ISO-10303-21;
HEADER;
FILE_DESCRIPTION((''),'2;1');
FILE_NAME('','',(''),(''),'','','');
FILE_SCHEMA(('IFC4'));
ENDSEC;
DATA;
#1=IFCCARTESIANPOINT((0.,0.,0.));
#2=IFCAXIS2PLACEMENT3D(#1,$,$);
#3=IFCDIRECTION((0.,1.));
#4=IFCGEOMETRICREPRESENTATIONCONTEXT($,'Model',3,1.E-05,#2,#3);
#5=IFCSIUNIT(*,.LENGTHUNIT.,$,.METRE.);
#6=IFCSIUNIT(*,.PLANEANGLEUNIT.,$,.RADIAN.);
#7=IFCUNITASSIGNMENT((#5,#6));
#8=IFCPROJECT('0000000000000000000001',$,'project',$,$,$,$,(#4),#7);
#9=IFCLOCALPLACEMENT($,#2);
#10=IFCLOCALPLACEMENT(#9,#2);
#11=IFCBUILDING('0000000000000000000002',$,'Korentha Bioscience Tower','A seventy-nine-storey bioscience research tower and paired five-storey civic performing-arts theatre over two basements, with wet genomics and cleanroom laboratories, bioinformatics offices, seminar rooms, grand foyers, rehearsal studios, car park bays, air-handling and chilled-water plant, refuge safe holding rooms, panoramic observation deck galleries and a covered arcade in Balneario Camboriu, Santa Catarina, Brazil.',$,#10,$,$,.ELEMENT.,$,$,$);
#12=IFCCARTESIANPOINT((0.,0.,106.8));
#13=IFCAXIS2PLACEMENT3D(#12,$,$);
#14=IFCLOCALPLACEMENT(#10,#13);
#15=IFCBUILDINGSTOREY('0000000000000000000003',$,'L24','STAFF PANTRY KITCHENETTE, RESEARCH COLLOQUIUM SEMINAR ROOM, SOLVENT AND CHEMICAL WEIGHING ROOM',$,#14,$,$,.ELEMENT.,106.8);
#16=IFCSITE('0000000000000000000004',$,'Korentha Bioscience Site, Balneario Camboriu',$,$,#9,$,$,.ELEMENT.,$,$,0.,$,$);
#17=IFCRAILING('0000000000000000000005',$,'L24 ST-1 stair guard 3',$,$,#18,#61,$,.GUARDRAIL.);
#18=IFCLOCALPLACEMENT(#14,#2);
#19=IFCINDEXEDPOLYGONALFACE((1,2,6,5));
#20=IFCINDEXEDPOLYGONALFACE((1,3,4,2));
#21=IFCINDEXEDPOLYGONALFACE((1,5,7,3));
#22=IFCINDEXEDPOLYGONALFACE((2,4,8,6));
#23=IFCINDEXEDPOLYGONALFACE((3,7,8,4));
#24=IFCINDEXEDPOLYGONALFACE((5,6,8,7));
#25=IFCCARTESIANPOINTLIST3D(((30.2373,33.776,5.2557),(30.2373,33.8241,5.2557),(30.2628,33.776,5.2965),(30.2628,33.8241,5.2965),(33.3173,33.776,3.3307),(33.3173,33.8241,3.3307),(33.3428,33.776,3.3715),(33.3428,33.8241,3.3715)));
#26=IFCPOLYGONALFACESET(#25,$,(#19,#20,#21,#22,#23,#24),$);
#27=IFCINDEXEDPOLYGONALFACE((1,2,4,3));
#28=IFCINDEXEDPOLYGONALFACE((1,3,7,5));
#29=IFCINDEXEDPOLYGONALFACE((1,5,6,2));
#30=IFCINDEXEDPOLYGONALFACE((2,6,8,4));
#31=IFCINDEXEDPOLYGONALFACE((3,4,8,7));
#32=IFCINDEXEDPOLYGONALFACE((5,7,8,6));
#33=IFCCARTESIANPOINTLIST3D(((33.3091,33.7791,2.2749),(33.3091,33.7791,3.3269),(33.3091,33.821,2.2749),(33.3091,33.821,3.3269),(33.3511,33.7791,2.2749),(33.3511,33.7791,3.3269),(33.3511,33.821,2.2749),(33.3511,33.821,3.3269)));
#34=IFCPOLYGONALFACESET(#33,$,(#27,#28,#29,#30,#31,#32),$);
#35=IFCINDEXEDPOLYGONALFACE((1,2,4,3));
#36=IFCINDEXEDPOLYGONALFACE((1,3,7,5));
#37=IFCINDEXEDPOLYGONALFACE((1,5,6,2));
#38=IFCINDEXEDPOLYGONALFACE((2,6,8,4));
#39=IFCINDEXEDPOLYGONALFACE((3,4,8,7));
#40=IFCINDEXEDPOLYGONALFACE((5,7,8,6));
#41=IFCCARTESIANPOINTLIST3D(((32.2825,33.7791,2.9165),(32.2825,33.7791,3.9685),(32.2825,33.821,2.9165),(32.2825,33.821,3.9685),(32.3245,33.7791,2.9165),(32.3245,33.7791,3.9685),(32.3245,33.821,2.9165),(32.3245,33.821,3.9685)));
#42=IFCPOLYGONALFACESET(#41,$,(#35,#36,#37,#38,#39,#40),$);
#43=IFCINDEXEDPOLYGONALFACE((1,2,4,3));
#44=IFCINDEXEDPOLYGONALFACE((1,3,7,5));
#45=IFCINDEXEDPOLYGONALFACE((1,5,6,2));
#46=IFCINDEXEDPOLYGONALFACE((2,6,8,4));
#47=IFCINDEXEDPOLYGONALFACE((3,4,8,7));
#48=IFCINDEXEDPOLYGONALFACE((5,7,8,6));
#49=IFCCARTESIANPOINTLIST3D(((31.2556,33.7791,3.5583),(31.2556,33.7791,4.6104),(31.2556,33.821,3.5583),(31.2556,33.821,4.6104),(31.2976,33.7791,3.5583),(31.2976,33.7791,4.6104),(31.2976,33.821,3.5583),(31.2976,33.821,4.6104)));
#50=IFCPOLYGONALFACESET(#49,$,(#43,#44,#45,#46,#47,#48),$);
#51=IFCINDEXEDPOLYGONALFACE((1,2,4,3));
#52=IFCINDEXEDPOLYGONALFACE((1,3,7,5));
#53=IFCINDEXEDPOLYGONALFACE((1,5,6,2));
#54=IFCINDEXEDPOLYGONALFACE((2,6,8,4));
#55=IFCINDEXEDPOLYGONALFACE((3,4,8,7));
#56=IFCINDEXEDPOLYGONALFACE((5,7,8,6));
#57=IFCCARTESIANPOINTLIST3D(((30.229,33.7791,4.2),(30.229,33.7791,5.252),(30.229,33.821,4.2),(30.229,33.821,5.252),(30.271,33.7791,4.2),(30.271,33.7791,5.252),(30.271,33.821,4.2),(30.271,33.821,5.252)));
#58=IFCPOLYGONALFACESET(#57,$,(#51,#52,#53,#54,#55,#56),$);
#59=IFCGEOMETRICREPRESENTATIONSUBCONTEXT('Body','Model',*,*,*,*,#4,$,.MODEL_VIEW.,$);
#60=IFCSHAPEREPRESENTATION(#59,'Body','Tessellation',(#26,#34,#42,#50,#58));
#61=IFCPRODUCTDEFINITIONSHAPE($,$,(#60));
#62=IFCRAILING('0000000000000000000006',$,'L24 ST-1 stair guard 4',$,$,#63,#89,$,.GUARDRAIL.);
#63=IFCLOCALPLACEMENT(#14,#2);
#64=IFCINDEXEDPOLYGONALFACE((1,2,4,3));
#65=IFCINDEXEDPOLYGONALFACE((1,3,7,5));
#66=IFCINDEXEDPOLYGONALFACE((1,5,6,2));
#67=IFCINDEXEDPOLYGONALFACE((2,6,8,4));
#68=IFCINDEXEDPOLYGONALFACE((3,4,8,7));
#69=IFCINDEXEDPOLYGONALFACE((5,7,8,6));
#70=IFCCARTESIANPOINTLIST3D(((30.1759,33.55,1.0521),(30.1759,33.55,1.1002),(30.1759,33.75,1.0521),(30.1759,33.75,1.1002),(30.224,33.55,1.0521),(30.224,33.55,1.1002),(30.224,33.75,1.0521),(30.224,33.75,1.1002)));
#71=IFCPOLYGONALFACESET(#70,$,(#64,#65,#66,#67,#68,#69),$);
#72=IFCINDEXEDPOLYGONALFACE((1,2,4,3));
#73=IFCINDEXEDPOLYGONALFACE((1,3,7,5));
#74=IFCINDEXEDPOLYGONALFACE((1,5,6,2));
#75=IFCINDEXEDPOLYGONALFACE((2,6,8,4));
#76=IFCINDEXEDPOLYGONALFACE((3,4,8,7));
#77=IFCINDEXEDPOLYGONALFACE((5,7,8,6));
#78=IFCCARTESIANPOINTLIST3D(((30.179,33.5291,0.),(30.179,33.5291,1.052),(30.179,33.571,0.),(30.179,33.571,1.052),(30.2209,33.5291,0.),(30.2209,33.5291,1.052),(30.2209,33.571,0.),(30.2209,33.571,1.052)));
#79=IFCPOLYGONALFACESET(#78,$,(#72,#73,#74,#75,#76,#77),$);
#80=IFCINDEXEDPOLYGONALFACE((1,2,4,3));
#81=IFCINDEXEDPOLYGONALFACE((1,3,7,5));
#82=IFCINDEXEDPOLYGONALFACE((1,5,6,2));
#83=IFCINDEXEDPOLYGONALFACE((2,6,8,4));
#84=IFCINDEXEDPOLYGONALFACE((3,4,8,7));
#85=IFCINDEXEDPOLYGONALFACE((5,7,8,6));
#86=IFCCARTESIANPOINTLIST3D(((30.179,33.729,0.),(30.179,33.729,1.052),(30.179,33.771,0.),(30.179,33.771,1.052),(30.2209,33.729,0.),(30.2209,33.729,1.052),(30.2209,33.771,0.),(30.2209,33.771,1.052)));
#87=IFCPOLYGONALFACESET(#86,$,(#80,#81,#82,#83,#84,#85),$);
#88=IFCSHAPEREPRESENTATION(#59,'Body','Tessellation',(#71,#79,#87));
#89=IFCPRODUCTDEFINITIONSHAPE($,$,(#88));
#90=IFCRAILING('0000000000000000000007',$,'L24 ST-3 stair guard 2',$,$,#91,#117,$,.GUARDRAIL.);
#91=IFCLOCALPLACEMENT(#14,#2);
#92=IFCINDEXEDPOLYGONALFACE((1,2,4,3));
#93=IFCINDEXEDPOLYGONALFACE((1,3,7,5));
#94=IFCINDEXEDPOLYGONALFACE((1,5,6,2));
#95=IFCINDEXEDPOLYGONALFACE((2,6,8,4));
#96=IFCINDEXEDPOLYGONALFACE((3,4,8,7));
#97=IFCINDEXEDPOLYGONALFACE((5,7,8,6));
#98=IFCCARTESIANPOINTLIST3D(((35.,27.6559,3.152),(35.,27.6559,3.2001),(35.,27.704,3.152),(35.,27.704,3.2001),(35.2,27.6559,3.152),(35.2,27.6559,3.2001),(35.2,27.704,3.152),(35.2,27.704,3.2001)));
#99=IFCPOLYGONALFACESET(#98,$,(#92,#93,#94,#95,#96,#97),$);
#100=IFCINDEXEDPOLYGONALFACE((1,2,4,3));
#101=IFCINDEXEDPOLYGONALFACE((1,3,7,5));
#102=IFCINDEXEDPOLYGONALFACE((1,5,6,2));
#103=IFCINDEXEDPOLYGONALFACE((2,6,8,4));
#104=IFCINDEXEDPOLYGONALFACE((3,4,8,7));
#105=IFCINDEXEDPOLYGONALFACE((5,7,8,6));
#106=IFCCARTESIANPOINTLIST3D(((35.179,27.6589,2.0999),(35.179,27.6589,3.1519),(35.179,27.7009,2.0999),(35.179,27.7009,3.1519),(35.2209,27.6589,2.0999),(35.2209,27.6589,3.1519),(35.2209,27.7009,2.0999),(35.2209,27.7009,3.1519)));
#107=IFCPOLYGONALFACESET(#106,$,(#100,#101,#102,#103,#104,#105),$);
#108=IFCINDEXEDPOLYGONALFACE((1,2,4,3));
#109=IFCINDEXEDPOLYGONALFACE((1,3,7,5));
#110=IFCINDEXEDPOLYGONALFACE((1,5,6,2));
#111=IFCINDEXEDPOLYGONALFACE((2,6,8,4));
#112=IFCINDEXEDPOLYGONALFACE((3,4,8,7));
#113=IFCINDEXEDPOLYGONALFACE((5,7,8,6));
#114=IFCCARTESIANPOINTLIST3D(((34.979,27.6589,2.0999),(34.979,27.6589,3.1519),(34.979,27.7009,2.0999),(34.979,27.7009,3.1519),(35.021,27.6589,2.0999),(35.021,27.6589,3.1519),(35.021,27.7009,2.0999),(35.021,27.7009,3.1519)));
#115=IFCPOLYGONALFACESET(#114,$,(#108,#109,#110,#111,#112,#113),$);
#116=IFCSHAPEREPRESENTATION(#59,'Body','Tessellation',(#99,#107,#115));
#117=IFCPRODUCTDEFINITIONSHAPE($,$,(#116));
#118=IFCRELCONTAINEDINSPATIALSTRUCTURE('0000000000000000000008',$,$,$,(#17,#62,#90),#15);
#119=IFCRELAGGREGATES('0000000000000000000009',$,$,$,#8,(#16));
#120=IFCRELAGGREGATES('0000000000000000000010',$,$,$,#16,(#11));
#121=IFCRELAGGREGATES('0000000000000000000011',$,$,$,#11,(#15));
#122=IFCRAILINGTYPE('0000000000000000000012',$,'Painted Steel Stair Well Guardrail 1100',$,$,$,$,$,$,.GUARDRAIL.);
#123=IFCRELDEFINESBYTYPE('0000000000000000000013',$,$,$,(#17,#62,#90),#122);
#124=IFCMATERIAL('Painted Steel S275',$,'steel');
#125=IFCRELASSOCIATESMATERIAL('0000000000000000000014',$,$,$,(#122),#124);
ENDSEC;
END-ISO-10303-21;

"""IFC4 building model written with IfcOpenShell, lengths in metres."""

from ifc_helpers import new_model, si_unit, direction, frame, origin, origin_2d, place, context, subcontext, project, spatial, rectangle, extrude, material, type_object, element, save


model = new_model("IFC4")

# Units and contexts
model_context = context("Model", 3, precision=1e-05, world=origin(), true_north=direction((0.0, 1.0)))
body_context = subcontext(model_context, "Body", "Model", "MODEL_VIEW")
ifc_project = project(units=[si_unit("LENGTHUNIT", "METRE"), si_unit("PLANEANGLEUNIT", "RADIAN")], contexts=[model_context])

# Site, building, storey
site_placement = place(None, origin())
site = spatial("IfcSite", under=ifc_project, at=site_placement, Name="Korentha Bioscience Site, Balneario Camboriu", CompositionType="ELEMENT", RefElevation=0.0)
building_placement = place(site_placement, origin())
building = spatial("IfcBuilding", under=site, at=building_placement, Name="Korentha Bioscience Tower", Description="A seventy-nine-storey bioscience research tower and paired five-storey civic performing-arts theatre over two basements, with wet genomics and cleanroom laboratories, bioinformatics offices, seminar rooms, grand foyers, rehearsal studios, car park bays, air-handling and chilled-water plant, refuge safe holding rooms, panoramic observation deck galleries and a covered arcade in Balneario Camboriu, Santa Catarina, Brazil.", CompositionType="ELEMENT")
storey_placement = place(building_placement, frame((0.0, 0.0, 106.8)))
storey = spatial("IfcBuildingStorey", under=building, at=storey_placement, Name="L24", Description="STAFF PANTRY KITCHENETTE, RESEARCH COLLOQUIUM SEMINAR ROOM, SOLVENT AND CHEMICAL WEIGHING ROOM", CompositionType="ELEMENT", Elevation=106.8)

# Railings
ifc_material_1 = material(Name="Painted Steel S275", Category="steel")
railing_type_1 = type_object("IfcRailingType", Name="Painted Steel Stair Well Guardrail 1100", PredefinedType="GUARDRAIL", material=ifc_material_1)
railing_1_placement = place(storey_placement, frame((33.3301, 33.8, 2.2749)))
element("IfcRailing", 1, at=railing_1_placement, inside=storey, type_object=railing_type_1, Name="L24 ST-1 stair guard 3", PredefinedType="GUARDRAIL", context=body_context, shape_type="SweptSolid", body=[
    extrude(rectangle(XDim=0.0481, YDim=0.0481, at=origin_2d()), frame((0.0, 0.0, 1.0762), z_axis=(-0.847998, 0.0, 0.529999), x_axis=(0.0, -1.0, 0.0)), (0.0, 0.0, 1.0), 3.6321),
    extrude(rectangle(XDim=0.042, YDim=0.042, at=origin_2d()), origin(), (0.0, 0.0, 1.0), 1.052),
    extrude(rectangle(XDim=0.042, YDim=0.042, at=origin_2d()), frame((-1.0266, 0.0, 0.6416)), (0.0, 0.0, 1.0), 1.052),
    extrude(rectangle(XDim=0.042, YDim=0.042, at=origin_2d()), frame((-2.0535, 0.0, 1.2834)), (0.0, 0.0, 1.0), 1.052),
    extrude(rectangle(XDim=0.042, YDim=0.042, at=origin_2d()), frame((-3.0801, 0.0, 1.925)), (0.0, 0.0, 1.0), 1.052),
])
railing_2_placement = place(storey_placement, frame((30.2, 33.55, 0.0)))
element("IfcRailing", 2, at=railing_2_placement, inside=storey, type_object=railing_type_1, Name="L24 ST-1 stair guard 4", PredefinedType="GUARDRAIL", context=body_context, shape_type="SweptSolid", body=[
    extrude(rectangle(XDim=0.0481, YDim=0.0481, at=origin_2d()), frame((0.0, 0.0, 1.0762), z_axis=(0.0, 1.0, 0.0), x_axis=(-1.0, 0.0, 0.0)), (0.0, 0.0, 1.0), 0.2),
    extrude(rectangle(XDim=0.042, YDim=0.042, at=origin_2d()), origin(), (0.0, 0.0, 1.0), 1.052),
    extrude(rectangle(XDim=0.042, YDim=0.042, at=origin_2d()), frame((0.0, 0.2, 0.0)), (0.0, 0.0, 1.0), 1.052),
])
railing_3_placement = place(storey_placement, frame((35.2, 27.6799, 2.0999)))
element("IfcRailing", 3, at=railing_3_placement, inside=storey, type_object=railing_type_1, Name="L24 ST-3 stair guard 2", PredefinedType="GUARDRAIL", context=body_context, shape_type="SweptSolid", body=[
    extrude(rectangle(XDim=0.0481, YDim=0.0481, at=origin_2d()), frame((0.0, 0.0, 1.0762), z_axis=(-1.0, 0.0, 0.0), x_axis=(0.0, -1.0, 0.0)), (0.0, 0.0, 1.0), 0.2),
    extrude(rectangle(XDim=0.042, YDim=0.042, at=origin_2d()), origin(), (0.0, 0.0, 1.0), 1.052),
    extrude(rectangle(XDim=0.042, YDim=0.042, at=origin_2d()), frame((-0.2, 0.0, 0.0)), (0.0, 0.0, 1.0), 1.052),
])

save(model, "model.ifc")
